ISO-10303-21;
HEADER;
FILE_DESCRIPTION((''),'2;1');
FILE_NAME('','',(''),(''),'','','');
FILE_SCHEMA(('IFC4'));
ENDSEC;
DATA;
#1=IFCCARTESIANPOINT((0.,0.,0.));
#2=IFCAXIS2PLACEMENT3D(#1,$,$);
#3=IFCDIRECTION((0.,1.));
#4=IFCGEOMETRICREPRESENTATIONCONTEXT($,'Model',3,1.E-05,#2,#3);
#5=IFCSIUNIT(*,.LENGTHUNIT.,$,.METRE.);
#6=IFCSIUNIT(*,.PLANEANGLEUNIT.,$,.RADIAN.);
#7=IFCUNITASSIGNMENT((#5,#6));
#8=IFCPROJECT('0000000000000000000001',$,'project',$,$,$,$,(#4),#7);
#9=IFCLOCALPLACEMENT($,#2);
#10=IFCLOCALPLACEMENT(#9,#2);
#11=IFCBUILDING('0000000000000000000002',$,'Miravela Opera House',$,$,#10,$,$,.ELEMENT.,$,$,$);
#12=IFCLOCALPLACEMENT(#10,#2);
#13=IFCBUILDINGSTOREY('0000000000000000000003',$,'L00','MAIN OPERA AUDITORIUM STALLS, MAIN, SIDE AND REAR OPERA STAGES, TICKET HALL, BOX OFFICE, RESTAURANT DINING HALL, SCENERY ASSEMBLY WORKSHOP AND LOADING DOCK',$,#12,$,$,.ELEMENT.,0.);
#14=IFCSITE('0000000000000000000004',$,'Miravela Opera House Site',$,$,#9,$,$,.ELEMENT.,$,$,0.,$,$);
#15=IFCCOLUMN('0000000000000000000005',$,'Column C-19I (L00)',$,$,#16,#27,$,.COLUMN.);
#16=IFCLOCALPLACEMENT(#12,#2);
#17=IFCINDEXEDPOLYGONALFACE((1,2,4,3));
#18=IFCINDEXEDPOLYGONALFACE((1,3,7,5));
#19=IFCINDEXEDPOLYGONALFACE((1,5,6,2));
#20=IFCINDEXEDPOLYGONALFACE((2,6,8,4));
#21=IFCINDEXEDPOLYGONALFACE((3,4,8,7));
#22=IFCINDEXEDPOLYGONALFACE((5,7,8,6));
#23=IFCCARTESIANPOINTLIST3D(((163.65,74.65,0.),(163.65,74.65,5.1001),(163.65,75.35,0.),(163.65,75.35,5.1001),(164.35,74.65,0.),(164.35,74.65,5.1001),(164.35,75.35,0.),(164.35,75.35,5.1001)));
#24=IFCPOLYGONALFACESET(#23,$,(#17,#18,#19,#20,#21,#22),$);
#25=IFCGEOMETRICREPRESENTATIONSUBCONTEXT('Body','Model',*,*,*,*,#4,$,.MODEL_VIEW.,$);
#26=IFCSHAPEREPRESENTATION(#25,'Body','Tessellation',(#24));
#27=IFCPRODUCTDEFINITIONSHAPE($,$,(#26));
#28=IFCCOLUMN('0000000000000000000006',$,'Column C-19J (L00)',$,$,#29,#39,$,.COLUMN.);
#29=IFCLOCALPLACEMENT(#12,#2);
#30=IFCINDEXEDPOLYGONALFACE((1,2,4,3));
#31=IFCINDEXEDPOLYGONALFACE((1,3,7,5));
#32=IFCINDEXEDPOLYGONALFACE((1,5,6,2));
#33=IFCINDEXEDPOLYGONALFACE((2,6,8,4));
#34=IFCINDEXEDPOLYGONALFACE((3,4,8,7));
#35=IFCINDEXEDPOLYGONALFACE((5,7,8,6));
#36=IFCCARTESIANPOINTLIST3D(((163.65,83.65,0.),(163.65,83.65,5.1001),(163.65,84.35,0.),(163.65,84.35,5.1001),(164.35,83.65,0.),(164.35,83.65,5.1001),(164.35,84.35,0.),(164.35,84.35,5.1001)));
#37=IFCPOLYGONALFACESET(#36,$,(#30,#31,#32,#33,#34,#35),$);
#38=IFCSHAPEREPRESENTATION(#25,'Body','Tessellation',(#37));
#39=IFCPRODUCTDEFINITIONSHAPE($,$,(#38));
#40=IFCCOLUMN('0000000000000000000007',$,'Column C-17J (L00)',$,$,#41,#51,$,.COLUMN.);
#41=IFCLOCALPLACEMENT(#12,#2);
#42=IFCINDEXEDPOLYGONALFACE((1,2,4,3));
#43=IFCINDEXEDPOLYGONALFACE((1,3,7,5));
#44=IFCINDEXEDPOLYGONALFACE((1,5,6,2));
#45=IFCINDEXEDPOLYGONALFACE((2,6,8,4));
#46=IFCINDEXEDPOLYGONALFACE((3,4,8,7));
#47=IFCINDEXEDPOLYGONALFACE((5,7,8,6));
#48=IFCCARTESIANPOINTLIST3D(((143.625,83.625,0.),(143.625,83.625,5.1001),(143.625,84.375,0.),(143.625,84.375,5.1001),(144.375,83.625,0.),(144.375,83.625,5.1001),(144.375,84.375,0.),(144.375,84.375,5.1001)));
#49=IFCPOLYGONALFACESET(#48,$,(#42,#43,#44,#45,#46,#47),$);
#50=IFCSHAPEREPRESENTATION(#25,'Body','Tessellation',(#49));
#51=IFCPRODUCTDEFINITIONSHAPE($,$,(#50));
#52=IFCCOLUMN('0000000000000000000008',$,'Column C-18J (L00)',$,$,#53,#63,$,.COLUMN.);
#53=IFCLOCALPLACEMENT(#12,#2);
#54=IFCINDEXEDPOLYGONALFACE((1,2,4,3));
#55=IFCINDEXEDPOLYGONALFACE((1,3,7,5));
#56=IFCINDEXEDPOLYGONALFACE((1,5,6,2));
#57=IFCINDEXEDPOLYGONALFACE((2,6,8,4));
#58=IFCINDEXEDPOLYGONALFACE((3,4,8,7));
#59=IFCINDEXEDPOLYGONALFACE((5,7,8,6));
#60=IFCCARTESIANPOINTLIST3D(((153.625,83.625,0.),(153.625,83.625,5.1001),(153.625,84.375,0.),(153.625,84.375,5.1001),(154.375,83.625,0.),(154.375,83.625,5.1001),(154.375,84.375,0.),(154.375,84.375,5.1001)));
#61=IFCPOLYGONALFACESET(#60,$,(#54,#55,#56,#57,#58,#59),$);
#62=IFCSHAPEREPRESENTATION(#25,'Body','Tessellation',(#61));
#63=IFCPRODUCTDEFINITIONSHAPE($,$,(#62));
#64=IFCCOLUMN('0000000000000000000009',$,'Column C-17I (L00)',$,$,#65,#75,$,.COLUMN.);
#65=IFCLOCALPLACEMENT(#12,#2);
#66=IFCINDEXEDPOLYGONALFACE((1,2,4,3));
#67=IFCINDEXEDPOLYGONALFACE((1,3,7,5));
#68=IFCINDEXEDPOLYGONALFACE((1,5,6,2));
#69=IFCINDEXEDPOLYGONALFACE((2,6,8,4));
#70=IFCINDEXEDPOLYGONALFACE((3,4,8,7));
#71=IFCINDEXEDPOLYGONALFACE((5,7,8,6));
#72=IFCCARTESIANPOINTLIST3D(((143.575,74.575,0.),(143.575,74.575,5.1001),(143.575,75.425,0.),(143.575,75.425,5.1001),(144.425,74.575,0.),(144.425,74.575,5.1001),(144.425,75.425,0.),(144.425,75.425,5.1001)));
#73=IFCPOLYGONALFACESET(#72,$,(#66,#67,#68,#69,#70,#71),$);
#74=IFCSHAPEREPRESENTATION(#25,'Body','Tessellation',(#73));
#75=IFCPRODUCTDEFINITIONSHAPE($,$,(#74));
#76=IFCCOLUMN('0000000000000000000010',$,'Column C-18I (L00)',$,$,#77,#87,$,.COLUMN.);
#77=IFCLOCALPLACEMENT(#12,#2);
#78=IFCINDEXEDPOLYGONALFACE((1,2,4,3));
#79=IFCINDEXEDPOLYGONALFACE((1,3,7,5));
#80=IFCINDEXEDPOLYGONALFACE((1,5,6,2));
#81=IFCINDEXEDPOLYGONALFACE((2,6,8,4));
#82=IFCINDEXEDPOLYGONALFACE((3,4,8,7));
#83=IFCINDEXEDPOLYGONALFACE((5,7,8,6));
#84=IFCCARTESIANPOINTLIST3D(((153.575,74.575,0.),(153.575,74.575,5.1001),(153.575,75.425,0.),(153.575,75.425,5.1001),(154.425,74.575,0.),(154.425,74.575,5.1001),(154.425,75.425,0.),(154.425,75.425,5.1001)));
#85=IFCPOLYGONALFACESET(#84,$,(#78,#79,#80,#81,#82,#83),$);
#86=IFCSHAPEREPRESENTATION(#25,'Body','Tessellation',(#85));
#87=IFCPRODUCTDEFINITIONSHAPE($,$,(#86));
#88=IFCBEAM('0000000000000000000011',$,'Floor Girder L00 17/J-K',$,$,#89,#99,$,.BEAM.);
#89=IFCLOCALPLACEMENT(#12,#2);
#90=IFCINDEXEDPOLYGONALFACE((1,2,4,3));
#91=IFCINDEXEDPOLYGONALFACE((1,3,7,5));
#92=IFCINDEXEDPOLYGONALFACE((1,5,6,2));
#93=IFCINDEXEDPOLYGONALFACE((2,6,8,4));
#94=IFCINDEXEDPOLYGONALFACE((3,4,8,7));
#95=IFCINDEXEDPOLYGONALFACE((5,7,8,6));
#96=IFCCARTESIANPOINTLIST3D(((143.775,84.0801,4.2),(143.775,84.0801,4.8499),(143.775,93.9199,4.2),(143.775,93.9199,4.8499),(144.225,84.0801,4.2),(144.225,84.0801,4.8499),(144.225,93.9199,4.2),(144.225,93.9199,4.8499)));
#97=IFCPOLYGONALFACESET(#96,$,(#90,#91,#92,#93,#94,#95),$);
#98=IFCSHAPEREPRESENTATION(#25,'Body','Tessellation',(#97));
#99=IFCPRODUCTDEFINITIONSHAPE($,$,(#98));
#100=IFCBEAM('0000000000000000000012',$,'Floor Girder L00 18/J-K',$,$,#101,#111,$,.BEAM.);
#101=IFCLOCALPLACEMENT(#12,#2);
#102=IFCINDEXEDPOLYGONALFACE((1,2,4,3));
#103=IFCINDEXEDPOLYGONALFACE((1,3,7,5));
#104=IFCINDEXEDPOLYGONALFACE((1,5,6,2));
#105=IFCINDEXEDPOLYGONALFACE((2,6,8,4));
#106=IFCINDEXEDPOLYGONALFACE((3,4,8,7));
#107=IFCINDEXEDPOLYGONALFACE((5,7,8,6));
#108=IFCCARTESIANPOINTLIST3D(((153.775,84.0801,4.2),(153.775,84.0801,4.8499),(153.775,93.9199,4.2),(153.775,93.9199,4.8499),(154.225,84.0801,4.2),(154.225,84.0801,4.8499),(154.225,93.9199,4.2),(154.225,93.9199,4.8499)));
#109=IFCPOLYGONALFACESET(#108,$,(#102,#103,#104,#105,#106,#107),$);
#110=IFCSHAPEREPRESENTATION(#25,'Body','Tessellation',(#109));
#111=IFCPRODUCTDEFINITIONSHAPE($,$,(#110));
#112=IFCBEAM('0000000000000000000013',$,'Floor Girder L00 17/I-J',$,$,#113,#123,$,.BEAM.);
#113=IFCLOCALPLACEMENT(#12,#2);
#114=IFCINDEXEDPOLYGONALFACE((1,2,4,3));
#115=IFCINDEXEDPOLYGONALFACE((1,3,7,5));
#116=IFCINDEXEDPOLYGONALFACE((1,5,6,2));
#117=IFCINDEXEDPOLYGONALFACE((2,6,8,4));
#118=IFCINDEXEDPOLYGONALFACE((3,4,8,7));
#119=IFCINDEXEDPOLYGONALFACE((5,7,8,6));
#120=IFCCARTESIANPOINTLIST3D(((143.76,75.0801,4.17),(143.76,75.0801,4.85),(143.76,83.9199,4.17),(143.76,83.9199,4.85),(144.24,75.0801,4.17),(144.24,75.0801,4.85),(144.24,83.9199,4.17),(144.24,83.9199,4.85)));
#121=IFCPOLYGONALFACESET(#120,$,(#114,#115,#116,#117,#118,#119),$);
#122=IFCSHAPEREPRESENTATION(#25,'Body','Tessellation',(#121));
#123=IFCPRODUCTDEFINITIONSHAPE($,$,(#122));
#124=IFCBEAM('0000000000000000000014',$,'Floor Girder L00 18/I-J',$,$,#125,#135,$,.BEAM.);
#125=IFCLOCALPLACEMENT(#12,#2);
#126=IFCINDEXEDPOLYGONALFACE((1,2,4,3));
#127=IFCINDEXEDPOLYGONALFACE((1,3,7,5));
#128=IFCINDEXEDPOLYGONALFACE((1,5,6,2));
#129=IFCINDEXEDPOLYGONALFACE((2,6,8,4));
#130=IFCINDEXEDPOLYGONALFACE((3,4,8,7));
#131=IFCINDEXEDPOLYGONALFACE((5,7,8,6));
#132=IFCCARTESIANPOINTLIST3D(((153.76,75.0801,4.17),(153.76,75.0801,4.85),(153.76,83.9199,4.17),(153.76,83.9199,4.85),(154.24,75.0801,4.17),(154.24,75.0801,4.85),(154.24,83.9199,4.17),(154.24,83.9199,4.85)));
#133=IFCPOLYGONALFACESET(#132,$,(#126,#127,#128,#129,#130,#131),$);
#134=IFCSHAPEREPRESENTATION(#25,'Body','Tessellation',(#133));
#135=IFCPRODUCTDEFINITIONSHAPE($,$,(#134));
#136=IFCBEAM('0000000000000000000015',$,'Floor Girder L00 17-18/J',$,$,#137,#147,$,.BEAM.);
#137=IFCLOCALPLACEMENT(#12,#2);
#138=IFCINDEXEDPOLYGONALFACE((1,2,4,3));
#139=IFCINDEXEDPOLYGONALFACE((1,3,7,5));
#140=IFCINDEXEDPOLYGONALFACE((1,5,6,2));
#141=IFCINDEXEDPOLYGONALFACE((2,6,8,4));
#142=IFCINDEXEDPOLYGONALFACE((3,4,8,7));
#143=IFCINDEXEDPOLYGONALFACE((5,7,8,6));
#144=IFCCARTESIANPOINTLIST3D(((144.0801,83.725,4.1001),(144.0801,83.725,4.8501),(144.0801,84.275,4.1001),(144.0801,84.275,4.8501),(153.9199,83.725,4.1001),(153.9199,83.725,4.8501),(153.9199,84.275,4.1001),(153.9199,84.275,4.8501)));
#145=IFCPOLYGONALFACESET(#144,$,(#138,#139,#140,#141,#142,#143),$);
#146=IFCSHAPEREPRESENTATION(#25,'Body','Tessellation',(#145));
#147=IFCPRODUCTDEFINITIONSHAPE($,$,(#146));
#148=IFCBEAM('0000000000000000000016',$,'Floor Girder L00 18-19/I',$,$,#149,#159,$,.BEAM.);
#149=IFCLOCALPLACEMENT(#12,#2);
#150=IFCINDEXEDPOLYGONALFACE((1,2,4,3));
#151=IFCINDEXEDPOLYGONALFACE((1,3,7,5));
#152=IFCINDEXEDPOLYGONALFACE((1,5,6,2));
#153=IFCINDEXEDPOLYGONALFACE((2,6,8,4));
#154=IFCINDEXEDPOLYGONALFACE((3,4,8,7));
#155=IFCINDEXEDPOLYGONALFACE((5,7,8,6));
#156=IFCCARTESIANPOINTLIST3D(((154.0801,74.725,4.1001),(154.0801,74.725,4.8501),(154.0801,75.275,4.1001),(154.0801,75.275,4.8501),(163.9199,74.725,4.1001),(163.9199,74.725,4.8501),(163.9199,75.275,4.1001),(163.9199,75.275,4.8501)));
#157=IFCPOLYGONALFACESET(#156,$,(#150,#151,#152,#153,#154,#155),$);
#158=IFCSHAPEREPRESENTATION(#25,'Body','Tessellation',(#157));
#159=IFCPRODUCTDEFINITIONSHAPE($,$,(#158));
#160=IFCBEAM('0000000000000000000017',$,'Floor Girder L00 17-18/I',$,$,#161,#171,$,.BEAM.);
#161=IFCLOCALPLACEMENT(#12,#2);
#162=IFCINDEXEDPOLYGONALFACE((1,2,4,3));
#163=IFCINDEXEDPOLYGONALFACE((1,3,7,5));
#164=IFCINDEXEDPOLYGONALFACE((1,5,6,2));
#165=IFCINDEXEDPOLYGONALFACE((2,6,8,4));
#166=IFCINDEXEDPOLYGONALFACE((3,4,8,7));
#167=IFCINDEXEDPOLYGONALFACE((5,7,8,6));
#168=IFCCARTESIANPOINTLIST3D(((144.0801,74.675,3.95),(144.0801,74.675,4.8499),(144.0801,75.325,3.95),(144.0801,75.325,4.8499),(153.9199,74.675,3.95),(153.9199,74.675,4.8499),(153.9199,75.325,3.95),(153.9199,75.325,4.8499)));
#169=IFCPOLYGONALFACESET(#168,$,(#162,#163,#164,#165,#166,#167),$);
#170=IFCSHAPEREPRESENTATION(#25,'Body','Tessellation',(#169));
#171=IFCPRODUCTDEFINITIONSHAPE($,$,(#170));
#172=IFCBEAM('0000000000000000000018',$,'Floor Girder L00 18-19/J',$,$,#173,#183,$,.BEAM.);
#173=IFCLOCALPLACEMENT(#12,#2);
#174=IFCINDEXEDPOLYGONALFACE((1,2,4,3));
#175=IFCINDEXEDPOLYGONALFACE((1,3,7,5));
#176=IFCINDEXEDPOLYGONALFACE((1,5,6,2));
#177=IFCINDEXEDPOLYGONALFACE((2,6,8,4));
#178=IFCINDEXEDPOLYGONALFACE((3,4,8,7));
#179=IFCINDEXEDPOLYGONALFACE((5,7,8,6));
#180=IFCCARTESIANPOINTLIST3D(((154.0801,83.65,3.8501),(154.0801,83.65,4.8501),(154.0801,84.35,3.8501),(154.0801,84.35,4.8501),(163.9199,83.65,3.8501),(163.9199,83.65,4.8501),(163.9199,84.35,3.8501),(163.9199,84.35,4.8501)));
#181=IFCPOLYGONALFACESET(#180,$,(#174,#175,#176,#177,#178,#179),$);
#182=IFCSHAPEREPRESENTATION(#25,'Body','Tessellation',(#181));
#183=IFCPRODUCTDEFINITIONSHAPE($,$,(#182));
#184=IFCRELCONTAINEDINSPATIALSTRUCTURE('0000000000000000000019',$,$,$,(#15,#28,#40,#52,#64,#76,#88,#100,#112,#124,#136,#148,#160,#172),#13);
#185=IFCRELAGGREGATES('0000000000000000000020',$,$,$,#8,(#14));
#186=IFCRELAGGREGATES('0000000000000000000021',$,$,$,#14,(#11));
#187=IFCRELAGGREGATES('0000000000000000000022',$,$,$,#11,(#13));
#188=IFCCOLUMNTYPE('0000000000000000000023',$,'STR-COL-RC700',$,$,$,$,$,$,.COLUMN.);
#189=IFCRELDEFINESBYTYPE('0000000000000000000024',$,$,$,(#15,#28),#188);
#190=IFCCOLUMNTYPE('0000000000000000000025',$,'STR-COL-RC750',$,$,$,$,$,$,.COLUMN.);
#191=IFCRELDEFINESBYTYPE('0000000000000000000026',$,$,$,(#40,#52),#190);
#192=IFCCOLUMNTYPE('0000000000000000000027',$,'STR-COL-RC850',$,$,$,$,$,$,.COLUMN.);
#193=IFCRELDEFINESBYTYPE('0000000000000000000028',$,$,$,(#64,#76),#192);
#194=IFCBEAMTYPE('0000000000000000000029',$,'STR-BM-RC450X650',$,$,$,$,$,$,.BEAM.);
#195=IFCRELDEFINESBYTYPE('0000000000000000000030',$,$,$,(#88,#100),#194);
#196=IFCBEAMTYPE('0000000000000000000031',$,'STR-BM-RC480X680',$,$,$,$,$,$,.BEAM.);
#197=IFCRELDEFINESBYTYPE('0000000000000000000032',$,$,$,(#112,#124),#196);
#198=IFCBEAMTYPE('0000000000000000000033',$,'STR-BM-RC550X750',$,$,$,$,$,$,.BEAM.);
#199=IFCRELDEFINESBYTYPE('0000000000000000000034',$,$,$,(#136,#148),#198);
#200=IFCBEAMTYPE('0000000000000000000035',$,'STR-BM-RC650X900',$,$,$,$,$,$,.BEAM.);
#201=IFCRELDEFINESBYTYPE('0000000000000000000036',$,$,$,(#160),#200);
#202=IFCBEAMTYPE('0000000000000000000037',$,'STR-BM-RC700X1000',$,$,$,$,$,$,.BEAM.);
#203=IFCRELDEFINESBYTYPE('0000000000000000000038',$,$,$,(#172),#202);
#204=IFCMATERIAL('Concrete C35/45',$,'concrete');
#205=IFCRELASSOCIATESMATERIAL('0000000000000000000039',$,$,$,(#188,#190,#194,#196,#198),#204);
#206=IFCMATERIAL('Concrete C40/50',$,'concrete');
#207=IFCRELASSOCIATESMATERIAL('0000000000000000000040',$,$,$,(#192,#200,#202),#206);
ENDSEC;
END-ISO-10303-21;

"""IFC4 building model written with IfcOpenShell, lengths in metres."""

from ifc_helpers import new_model, si_unit, direction, frame, origin, origin_2d, place, context, subcontext, project, spatial, rectangle, extrude, material, material_profile, profile_set, type_object, element, save


model = new_model("IFC4")

# Units and contexts
model_context = context("Model", 3, precision=1e-05, world=origin(), true_north=direction((0.0, 1.0)))
body_context = subcontext(model_context, "Body", "Model", "MODEL_VIEW")
ifc_project = project(units=[si_unit("LENGTHUNIT", "METRE"), si_unit("PLANEANGLEUNIT", "RADIAN")], contexts=[model_context])

# Site, building, storey
site_placement = place(None, origin())
site = spatial("IfcSite", under=ifc_project, at=site_placement, Name="Miravela Opera House Site", CompositionType="ELEMENT", RefElevation=0.0)
building_placement = place(site_placement, origin())
building = spatial("IfcBuilding", under=site, at=building_placement, Name="Miravela Opera House", CompositionType="ELEMENT")
storey_placement = place(building_placement, origin())
storey = spatial("IfcBuildingStorey", under=building, at=storey_placement, Name="L00", Description="MAIN OPERA AUDITORIUM STALLS, MAIN, SIDE AND REAR OPERA STAGES, TICKET HALL, BOX OFFICE, RESTAURANT DINING HALL, SCENERY ASSEMBLY WORKSHOP AND LOADING DOCK", CompositionType="ELEMENT", Elevation=0.0)

# Columns
ifc_material_1 = material(Name="Concrete C35/45", Category="concrete")
ifc_material_profile_1 = material_profile(ifc_material_1, rectangle(XDim=0.7, YDim=0.7, at=origin_2d()), Name="RC-COL-700X700")
ifc_profile_set_1 = profile_set([ifc_material_profile_1])
column_type_1 = type_object("IfcColumnType", Name="STR-COL-RC700", PredefinedType="COLUMN", material=ifc_profile_set_1)
for number, where, z_axis, x_axis, name in (
    (1, (164.0, 75.0, 0.0), (0.0, 0.0, 1.0), (1.0, 0.0, 0.0), "Column C-19I (L00)"),
    (2, (164.0, 84.0, 0.0), (0.0, 0.0, 1.0), (1.0, 0.0, 0.0), "Column C-19J (L00)"),
):
    element("IfcColumn", number, at=place(storey_placement, frame(where, z_axis=z_axis, x_axis=x_axis)), inside=storey, type_object=column_type_1, Name=name, PredefinedType="COLUMN", context=body_context, shape_type="SweptSolid", body=[
        extrude(rectangle(XDim=0.7, YDim=0.7, at=origin_2d()), origin(), (0.0, 0.0, 1.0), 5.1001),
    ])
ifc_material_profile_2 = material_profile(ifc_material_1, rectangle(XDim=0.75, YDim=0.75, at=origin_2d()), Name="RC-COL-750X750")
ifc_profile_set_2 = profile_set([ifc_material_profile_2])
column_type_2 = type_object("IfcColumnType", Name="STR-COL-RC750", PredefinedType="COLUMN", material=ifc_profile_set_2)
for number, where, z_axis, x_axis, name in (
    (3, (144.0, 84.0, 0.0), (0.0, 0.0, 1.0), (1.0, 0.0, 0.0), "Column C-17J (L00)"),
    (4, (154.0, 84.0, 0.0), (0.0, 0.0, 1.0), (1.0, 0.0, 0.0), "Column C-18J (L00)"),
):
    element("IfcColumn", number, at=place(storey_placement, frame(where, z_axis=z_axis, x_axis=x_axis)), inside=storey, type_object=column_type_2, Name=name, PredefinedType="COLUMN", context=body_context, shape_type="SweptSolid", body=[
        extrude(rectangle(XDim=0.75, YDim=0.75, at=origin_2d()), origin(), (0.0, 0.0, 1.0), 5.1001),
    ])
ifc_material_2 = material(Name="Concrete C40/50", Category="concrete")
ifc_material_profile_3 = material_profile(ifc_material_2, rectangle(XDim=0.8501, YDim=0.8501, at=origin_2d()), Name="RC-COL-850X850")
ifc_profile_set_3 = profile_set([ifc_material_profile_3])
column_type_3 = type_object("IfcColumnType", Name="STR-COL-RC850", PredefinedType="COLUMN", material=ifc_profile_set_3)
for number, where, z_axis, x_axis, name in (
    (5, (144.0, 75.0, 0.0), (0.0, 0.0, 1.0), (1.0, 0.0, 0.0), "Column C-17I (L00)"),
    (6, (154.0, 75.0, 0.0), (0.0, 0.0, 1.0), (1.0, 0.0, 0.0), "Column C-18I (L00)"),
):
    element("IfcColumn", number, at=place(storey_placement, frame(where, z_axis=z_axis, x_axis=x_axis)), inside=storey, type_object=column_type_3, Name=name, PredefinedType="COLUMN", context=body_context, shape_type="SweptSolid", body=[
        extrude(rectangle(XDim=0.8501, YDim=0.8501, at=origin_2d()), origin(), (0.0, 0.0, 1.0), 5.1001),
    ])

# Beams
ifc_material_profile_4 = material_profile(ifc_material_1, rectangle(XDim=0.45, YDim=0.6499, at=origin_2d()), Name="RC-BM-450X650")
ifc_profile_set_4 = profile_set([ifc_material_profile_4])
beam_type_1 = type_object("IfcBeamType", Name="STR-BM-RC450X650", PredefinedType="BEAM", material=ifc_profile_set_4)
for number, where, z_axis, x_axis, name in (
    (7, (144.0, 84.0801, 4.5249), (0.0, 1.0, 0.0), (-1.0, 0.0, 0.0), "Floor Girder L00 17/J-K"),
    (8, (154.0, 84.0801, 4.5249), (0.0, 1.0, 0.0), (-1.0, 0.0, 0.0), "Floor Girder L00 18/J-K"),
):
    element("IfcBeam", number, at=place(storey_placement, frame(where, z_axis=z_axis, x_axis=x_axis)), inside=storey, type_object=beam_type_1, Name=name, PredefinedType="BEAM", context=body_context, shape_type="SweptSolid", body=[
        extrude(rectangle(XDim=0.45, YDim=0.6499, at=origin_2d()), origin(), (0.0, 0.0, 1.0), 9.8398),
    ])
ifc_material_profile_5 = material_profile(ifc_material_1, rectangle(XDim=0.48, YDim=0.6799, at=origin_2d()), Name="RC-BM-480X680")
ifc_profile_set_5 = profile_set([ifc_material_profile_5])
beam_type_2 = type_object("IfcBeamType", Name="STR-BM-RC480X680", PredefinedType="BEAM", material=ifc_profile_set_5)
for number, where, z_axis, x_axis, name in (
    (9, (144.0, 75.0801, 4.51), (0.0, 1.0, 0.0), (-1.0, 0.0, 0.0), "Floor Girder L00 17/I-J"),
    (10, (154.0, 75.0801, 4.51), (0.0, 1.0, 0.0), (-1.0, 0.0, 0.0), "Floor Girder L00 18/I-J"),
):
    element("IfcBeam", number, at=place(storey_placement, frame(where, z_axis=z_axis, x_axis=x_axis)), inside=storey, type_object=beam_type_2, Name=name, PredefinedType="BEAM", context=body_context, shape_type="SweptSolid", body=[
        extrude(rectangle(XDim=0.48, YDim=0.6799, at=origin_2d()), origin(), (0.0, 0.0, 1.0), 8.8398),
    ])
ifc_material_profile_6 = material_profile(ifc_material_1, rectangle(XDim=0.55, YDim=0.75, at=origin_2d()), Name="RC-BM-550X750")
ifc_profile_set_6 = profile_set([ifc_material_profile_6])
beam_type_3 = type_object("IfcBeamType", Name="STR-BM-RC550X750", PredefinedType="BEAM", material=ifc_profile_set_6)
for number, where, z_axis, x_axis, name in (
    (11, (144.0801, 84.0, 4.4751), (1.0, 0.0, 0.0), (0.0, 1.0, 0.0), "Floor Girder L00 17-18/J"),
    (12, (154.0801, 75.0, 4.4751), (1.0, 0.0, 0.0), (0.0, 1.0, 0.0), "Floor Girder L00 18-19/I"),
):
    element("IfcBeam", number, at=place(storey_placement, frame(where, z_axis=z_axis, x_axis=x_axis)), inside=storey, type_object=beam_type_3, Name=name, PredefinedType="BEAM", context=body_context, shape_type="SweptSolid", body=[
        extrude(rectangle(XDim=0.55, YDim=0.75, at=origin_2d()), origin(), (0.0, 0.0, 1.0), 9.8398),
    ])
ifc_material_profile_7 = material_profile(ifc_material_2, rectangle(XDim=0.6499, YDim=0.8999, at=origin_2d()), Name="RC-BM-650X900")
ifc_profile_set_7 = profile_set([ifc_material_profile_7])
beam_type_4 = type_object("IfcBeamType", Name="STR-BM-RC650X900", PredefinedType="BEAM", material=ifc_profile_set_7)
beam_1_placement = place(storey_placement, frame((144.0801, 75.0, 4.3999), z_axis=(1.0, 0.0, 0.0), x_axis=(0.0, 1.0, 0.0)))
element("IfcBeam", 13, at=beam_1_placement, inside=storey, type_object=beam_type_4, Name="Floor Girder L00 17-18/I", PredefinedType="BEAM", context=body_context, shape_type="SweptSolid", body=[
    extrude(rectangle(XDim=0.6499, YDim=0.8999, at=origin_2d()), origin(), (0.0, 0.0, 1.0), 9.8398),
])
ifc_material_profile_8 = material_profile(ifc_material_2, rectangle(XDim=0.7, YDim=1.0, at=origin_2d()), Name="RC-BM-700X1000")
ifc_profile_set_8 = profile_set([ifc_material_profile_8])
beam_type_5 = type_object("IfcBeamType", Name="STR-BM-RC700X1000", PredefinedType="BEAM", material=ifc_profile_set_8)
beam_2_placement = place(storey_placement, frame((154.0801, 84.0, 4.3501), z_axis=(1.0, 0.0, 0.0), x_axis=(0.0, 1.0, 0.0)))
element("IfcBeam", 14, at=beam_2_placement, inside=storey, type_object=beam_type_5, Name="Floor Girder L00 18-19/J", PredefinedType="BEAM", context=body_context, shape_type="SweptSolid", body=[
    extrude(rectangle(XDim=0.7, YDim=1.0, at=origin_2d()), origin(), (0.0, 0.0, 1.0), 9.8398),
])

save(model, "model.ifc")
